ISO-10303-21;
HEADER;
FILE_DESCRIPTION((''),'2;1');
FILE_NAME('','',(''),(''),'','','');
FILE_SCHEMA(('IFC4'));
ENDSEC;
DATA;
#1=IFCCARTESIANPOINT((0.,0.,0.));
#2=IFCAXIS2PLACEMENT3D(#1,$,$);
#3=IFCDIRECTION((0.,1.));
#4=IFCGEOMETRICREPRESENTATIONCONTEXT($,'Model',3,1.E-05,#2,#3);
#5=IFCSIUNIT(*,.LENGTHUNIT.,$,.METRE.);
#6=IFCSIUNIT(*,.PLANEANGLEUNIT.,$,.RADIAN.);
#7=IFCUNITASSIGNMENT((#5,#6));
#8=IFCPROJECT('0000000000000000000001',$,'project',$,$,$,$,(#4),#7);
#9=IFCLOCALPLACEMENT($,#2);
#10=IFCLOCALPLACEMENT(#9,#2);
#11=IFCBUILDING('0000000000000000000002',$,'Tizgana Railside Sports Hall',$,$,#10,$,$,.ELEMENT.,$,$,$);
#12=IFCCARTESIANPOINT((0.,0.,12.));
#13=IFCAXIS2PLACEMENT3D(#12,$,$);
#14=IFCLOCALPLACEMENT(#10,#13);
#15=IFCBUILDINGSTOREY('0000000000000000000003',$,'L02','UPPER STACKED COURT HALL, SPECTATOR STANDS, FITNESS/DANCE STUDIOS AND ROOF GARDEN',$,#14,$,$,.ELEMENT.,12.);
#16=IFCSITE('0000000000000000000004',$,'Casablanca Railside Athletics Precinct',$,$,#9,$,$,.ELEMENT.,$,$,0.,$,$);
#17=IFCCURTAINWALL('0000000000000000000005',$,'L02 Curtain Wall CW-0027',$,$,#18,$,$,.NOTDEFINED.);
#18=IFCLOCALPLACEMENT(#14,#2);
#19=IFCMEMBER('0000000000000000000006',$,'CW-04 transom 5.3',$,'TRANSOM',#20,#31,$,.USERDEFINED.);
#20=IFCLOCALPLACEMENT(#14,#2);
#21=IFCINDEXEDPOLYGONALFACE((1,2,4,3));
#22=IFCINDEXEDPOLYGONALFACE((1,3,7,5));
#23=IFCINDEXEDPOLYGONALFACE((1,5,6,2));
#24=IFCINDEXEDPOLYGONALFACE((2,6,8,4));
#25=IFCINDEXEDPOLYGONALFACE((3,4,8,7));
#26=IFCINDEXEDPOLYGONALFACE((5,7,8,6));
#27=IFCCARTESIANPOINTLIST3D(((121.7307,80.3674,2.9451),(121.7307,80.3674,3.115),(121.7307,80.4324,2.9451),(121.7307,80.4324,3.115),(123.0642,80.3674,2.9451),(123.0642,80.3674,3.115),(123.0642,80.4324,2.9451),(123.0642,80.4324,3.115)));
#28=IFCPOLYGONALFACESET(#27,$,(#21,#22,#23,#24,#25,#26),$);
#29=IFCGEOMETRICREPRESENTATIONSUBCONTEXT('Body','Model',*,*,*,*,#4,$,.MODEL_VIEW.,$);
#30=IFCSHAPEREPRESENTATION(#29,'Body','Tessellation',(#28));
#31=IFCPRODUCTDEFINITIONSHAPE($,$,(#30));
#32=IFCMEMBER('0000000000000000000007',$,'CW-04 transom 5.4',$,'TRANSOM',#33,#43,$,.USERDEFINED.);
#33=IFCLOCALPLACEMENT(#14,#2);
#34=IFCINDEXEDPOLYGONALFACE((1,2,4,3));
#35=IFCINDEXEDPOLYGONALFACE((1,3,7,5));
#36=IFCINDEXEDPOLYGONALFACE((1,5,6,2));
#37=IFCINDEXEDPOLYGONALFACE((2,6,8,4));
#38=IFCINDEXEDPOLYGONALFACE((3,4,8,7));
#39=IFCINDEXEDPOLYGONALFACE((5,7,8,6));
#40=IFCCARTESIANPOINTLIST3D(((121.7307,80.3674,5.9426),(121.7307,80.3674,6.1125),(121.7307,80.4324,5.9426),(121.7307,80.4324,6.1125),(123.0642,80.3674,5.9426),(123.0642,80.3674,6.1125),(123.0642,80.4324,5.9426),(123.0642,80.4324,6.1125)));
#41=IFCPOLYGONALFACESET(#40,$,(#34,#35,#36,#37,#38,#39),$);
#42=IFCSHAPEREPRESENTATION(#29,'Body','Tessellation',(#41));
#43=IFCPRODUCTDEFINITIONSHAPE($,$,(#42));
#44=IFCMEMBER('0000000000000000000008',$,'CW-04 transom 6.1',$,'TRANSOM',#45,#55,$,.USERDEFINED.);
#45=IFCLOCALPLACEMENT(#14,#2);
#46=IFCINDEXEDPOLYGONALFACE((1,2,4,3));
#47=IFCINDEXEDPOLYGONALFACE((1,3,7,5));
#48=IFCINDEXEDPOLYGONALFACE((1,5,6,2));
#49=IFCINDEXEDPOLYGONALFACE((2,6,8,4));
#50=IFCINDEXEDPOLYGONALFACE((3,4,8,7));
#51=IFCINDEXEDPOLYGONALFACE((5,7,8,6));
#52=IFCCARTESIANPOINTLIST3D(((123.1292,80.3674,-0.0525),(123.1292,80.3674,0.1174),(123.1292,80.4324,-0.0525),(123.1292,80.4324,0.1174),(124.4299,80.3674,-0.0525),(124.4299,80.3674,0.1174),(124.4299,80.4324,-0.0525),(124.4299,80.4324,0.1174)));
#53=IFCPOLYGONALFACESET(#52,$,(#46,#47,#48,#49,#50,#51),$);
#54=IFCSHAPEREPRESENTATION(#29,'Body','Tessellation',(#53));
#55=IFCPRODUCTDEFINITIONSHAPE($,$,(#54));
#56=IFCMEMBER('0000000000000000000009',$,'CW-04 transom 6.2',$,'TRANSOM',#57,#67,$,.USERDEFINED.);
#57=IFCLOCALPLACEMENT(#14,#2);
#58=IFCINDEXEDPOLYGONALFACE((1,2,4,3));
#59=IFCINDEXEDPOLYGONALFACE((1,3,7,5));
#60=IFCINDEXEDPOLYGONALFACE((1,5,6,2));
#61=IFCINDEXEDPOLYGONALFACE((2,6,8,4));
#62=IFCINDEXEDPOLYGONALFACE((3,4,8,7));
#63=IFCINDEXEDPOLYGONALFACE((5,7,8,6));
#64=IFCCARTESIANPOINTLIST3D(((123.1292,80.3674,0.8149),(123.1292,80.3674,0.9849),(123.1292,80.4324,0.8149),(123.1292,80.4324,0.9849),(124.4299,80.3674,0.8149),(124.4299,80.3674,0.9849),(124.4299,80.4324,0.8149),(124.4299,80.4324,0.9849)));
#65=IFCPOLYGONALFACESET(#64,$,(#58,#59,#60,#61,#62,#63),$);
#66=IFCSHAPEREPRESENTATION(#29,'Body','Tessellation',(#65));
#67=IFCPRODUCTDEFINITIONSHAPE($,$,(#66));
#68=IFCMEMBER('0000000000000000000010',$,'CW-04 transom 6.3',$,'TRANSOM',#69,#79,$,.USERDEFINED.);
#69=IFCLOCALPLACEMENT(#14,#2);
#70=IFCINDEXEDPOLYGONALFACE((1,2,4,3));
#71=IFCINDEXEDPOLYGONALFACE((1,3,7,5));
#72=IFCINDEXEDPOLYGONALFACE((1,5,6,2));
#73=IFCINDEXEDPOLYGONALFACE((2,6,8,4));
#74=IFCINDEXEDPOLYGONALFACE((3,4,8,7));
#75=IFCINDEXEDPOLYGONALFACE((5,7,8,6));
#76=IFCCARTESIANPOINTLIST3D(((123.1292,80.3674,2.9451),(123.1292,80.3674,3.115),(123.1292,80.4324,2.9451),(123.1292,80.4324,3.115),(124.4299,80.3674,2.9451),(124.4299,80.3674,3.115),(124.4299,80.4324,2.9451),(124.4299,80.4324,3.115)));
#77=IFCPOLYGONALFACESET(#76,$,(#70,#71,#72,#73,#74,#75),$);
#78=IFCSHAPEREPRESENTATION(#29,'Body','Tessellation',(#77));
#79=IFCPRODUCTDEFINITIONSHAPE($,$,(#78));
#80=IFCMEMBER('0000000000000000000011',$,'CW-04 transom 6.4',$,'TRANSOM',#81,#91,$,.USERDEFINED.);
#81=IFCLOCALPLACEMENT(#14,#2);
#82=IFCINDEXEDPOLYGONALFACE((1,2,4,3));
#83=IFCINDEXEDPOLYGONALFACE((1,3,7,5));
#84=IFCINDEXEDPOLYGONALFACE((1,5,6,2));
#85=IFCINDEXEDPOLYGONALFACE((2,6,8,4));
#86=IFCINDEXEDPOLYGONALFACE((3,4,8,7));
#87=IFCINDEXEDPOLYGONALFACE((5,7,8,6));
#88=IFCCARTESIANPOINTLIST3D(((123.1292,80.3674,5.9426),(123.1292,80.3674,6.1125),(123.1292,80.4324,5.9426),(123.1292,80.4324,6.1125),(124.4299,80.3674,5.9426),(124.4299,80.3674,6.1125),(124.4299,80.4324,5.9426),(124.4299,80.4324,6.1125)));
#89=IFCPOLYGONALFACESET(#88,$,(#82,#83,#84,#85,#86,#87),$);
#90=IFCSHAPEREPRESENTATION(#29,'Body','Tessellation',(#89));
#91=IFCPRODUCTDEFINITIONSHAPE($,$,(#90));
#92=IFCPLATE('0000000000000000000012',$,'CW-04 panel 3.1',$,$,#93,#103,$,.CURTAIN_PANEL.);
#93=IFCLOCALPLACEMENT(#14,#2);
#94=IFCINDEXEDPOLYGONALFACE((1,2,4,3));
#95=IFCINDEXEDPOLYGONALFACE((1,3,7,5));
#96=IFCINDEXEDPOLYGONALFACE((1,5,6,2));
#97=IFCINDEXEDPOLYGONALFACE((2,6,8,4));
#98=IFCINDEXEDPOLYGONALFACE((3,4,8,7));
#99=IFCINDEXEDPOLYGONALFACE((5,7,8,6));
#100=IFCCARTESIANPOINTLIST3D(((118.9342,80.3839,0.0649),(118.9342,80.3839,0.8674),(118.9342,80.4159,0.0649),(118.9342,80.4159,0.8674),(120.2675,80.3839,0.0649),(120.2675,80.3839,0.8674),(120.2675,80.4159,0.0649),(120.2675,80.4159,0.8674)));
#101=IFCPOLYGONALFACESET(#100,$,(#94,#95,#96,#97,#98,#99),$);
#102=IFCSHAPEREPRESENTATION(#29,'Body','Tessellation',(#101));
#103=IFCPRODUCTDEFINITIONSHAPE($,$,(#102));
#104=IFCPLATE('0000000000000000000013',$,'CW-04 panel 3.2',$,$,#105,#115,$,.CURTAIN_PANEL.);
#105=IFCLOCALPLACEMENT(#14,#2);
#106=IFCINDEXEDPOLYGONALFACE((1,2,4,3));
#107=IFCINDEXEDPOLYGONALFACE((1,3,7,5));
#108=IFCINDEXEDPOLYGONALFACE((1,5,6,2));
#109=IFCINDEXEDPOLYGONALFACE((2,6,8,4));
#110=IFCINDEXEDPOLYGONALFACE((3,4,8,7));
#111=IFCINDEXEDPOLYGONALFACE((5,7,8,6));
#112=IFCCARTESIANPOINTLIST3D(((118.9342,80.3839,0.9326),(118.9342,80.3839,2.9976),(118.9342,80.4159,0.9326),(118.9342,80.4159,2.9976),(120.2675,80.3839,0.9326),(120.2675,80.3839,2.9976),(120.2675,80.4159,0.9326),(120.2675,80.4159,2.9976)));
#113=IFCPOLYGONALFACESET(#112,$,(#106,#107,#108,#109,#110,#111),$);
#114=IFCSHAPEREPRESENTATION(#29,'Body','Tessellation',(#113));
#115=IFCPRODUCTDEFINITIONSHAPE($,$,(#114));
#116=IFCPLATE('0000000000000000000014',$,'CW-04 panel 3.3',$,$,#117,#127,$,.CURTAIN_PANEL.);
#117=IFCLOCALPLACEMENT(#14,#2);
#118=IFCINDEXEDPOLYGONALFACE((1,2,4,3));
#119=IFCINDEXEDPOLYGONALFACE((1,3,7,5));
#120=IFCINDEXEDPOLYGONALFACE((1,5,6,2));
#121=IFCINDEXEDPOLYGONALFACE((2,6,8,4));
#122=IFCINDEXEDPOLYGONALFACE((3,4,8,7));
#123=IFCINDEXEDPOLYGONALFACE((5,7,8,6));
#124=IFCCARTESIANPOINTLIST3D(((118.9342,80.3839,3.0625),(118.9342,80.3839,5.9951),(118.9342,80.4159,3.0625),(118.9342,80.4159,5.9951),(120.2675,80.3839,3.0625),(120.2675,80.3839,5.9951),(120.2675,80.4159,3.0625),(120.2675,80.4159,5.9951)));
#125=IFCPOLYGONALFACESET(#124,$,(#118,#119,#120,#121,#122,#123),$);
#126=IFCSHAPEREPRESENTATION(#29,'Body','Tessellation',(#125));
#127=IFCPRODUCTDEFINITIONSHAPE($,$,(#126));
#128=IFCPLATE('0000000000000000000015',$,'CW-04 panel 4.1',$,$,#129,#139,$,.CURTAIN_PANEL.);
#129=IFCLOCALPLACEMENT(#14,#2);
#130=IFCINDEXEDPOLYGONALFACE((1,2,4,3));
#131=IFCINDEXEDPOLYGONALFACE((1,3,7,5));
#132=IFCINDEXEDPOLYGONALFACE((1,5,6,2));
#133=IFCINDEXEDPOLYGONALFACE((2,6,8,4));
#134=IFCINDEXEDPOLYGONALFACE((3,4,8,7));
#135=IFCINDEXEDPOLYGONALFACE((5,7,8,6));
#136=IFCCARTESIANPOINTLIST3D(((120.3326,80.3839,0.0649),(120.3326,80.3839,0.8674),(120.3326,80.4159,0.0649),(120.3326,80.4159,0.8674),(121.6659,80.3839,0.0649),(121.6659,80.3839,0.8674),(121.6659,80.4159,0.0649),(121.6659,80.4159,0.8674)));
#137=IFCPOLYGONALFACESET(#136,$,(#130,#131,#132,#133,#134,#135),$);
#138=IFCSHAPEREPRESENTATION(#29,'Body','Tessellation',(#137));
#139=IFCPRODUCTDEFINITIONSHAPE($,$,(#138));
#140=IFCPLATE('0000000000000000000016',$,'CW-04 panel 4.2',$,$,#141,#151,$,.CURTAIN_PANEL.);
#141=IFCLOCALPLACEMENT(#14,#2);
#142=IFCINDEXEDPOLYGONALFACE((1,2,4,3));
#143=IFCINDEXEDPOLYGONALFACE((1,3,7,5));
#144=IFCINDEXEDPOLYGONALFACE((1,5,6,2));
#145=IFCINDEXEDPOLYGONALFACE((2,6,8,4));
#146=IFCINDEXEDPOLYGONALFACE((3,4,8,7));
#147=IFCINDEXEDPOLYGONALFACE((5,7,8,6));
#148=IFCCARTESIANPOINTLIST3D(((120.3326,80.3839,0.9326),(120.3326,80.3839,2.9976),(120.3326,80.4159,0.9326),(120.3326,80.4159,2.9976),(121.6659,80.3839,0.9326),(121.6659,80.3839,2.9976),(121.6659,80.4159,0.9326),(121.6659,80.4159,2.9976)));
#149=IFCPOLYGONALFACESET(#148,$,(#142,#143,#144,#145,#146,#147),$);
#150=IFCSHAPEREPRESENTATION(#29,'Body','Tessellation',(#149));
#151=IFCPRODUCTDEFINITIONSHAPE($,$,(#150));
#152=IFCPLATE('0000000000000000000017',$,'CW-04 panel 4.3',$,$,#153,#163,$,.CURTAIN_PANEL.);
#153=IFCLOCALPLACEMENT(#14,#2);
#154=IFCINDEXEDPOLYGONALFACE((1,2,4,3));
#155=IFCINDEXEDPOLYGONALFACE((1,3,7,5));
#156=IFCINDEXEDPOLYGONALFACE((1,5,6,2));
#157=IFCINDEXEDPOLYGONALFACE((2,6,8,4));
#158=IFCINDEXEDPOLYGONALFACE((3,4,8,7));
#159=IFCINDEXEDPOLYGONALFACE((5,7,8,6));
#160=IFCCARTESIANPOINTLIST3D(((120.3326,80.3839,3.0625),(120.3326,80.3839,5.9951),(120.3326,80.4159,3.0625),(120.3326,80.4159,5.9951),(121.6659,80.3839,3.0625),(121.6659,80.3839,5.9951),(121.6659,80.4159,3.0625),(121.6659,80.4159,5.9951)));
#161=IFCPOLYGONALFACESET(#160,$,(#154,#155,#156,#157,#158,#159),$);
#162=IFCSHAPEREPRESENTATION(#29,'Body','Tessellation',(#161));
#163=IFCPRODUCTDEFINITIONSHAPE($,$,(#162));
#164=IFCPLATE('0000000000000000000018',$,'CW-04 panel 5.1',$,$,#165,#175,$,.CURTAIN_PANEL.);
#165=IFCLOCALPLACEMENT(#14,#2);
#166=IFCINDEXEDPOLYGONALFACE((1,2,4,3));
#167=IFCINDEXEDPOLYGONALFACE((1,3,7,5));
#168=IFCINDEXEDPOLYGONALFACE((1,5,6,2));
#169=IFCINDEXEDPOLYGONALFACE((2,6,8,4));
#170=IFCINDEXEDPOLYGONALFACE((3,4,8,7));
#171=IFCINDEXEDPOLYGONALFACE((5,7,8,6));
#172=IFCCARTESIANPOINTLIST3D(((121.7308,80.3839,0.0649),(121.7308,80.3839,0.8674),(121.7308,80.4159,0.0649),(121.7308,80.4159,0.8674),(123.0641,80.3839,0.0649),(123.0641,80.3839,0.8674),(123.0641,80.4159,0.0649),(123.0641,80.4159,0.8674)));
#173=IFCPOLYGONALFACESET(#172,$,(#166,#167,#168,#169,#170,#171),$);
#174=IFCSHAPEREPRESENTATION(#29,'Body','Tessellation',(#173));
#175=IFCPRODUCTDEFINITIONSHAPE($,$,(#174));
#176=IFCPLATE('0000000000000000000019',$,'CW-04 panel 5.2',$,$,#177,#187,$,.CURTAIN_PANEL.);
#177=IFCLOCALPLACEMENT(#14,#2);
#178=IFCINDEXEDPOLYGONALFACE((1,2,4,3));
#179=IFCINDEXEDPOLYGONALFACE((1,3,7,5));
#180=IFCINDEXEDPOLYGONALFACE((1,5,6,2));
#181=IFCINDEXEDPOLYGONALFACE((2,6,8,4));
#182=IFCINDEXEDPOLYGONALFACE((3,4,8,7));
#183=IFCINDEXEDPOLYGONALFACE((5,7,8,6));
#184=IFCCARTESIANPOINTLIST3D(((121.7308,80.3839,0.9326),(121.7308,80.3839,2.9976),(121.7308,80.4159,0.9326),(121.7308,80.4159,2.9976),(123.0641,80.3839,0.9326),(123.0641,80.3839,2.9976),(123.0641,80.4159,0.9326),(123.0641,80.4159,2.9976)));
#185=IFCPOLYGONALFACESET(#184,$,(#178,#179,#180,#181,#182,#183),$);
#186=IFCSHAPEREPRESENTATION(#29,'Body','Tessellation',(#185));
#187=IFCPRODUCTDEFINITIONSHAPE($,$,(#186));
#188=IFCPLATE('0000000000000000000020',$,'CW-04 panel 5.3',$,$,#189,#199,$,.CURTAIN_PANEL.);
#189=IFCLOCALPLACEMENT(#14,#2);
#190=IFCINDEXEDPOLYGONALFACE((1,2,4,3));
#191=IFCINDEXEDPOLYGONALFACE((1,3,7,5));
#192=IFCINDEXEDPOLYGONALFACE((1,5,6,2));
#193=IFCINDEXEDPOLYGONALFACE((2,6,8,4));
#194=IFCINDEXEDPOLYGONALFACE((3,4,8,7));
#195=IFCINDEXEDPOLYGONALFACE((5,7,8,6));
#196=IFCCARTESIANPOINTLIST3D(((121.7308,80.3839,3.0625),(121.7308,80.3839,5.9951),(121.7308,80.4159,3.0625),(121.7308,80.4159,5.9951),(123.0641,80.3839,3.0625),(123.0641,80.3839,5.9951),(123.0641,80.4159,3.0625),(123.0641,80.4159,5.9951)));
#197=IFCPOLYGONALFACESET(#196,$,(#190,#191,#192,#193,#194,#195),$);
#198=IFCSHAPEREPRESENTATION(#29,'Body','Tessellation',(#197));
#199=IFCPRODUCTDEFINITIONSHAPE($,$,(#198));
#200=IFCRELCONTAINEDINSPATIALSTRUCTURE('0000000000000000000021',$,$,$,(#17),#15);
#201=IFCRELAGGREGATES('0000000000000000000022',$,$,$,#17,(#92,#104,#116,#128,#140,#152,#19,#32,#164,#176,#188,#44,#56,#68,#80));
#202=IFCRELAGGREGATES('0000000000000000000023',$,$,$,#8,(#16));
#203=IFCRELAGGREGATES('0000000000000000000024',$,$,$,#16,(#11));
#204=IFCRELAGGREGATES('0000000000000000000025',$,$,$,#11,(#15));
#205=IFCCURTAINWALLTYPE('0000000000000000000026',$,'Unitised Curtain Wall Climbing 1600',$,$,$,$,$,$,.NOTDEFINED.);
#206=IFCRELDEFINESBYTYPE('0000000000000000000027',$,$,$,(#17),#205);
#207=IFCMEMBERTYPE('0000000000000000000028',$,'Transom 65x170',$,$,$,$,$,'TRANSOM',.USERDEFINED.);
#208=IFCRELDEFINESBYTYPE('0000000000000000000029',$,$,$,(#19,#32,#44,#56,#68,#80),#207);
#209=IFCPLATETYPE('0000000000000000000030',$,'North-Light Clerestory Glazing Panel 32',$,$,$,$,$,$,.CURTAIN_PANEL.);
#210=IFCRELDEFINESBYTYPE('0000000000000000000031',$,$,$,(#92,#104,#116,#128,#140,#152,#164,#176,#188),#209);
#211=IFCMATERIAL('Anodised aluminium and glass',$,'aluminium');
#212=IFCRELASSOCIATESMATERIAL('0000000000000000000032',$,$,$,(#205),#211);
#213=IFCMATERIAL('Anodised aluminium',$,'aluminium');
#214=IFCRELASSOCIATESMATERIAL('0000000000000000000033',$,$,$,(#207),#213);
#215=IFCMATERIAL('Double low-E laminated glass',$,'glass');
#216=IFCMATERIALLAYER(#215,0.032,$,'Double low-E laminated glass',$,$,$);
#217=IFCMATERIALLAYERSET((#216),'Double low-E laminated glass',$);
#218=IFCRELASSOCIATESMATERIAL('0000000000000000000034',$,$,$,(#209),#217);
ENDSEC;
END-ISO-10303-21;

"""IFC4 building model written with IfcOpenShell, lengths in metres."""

from ifc_helpers import new_model, si_unit, direction, frame, origin, origin_2d, place, context, subcontext, project, spatial, rectangle, extrude, material, layer, layer_set, material_profile, profile_set, type_object, element, aggregate, save


model = new_model("IFC4")

# Units and contexts
model_context = context("Model", 3, precision=1e-05, world=origin(), true_north=direction((0.0, 1.0)))
body_context = subcontext(model_context, "Body", "Model", "MODEL_VIEW")
ifc_project = project(units=[si_unit("LENGTHUNIT", "METRE"), si_unit("PLANEANGLEUNIT", "RADIAN")], contexts=[model_context])

# Site, building, storey
site_placement = place(None, origin())
site = spatial("IfcSite", under=ifc_project, at=site_placement, Name="Casablanca Railside Athletics Precinct", CompositionType="ELEMENT", RefElevation=0.0)
building_placement = place(site_placement, origin())
building = spatial("IfcBuilding", under=site, at=building_placement, Name="Tizgana Railside Sports Hall", CompositionType="ELEMENT")
storey_placement = place(building_placement, frame((0.0, 0.0, 12.0)))
storey = spatial("IfcBuildingStorey", under=building, at=storey_placement, Name="L02", Description="UPPER STACKED COURT HALL, SPECTATOR STANDS, FITNESS/DANCE STUDIOS AND ROOF GARDEN", CompositionType="ELEMENT", Elevation=12.0)

# Curtain wall, members, plates
ifc_material_1 = material(Name="Anodised aluminium and glass", Category="aluminium")
curtain_wall_type = type_object("IfcCurtainWallType", Name="Unitised Curtain Wall Climbing 1600", PredefinedType="NOTDEFINED", material=ifc_material_1)
curtain_wall_placement = place(storey_placement, origin())
curtain_wall = element("IfcCurtainWall", 1, at=curtain_wall_placement, inside=storey, type_object=curtain_wall_type, Name="L02 Curtain Wall CW-0027", PredefinedType="NOTDEFINED")
ifc_material_2 = material(Name="Anodised aluminium", Category="aluminium")
ifc_material_profile_1 = material_profile(ifc_material_2, rectangle(XDim=0.0649, YDim=0.1699, at=origin_2d()), Name="Transom 65x170")
ifc_profile_set_1 = profile_set([ifc_material_profile_1], Name="Anodised aluminium")
member_type_1 = type_object("IfcMemberType", Name="Transom 65x170", ElementType="TRANSOM", PredefinedType="USERDEFINED", material=ifc_profile_set_1)
member_1_placement = place(storey_placement, frame((121.7307, 80.3999, 3.03), z_axis=(1.0, 0.0, 0.0), x_axis=(0.0, 1.0, 0.0)))
member_1 = element("IfcMember", 2, at=member_1_placement, type_object=member_type_1, Name="CW-04 transom 5.3", ObjectType="TRANSOM", PredefinedType="USERDEFINED", context=body_context, shape_type="SweptSolid", body=[
    extrude(rectangle(XDim=0.0649, YDim=0.1699, at=origin_2d()), origin(), (0.0, 0.0, 1.0), 1.3335),
])
member_2_placement = place(storey_placement, frame((121.7307, 80.3999, 6.0276), z_axis=(1.0, 0.0, 0.0), x_axis=(0.0, 1.0, 0.0)))
member_2 = element("IfcMember", 3, at=member_2_placement, type_object=member_type_1, Name="CW-04 transom 5.4", ObjectType="TRANSOM", PredefinedType="USERDEFINED", context=body_context, shape_type="SweptSolid", body=[
    extrude(rectangle(XDim=0.0649, YDim=0.1699, at=origin_2d()), origin(), (0.0, 0.0, 1.0), 1.3335),
])
member_3_placement = place(storey_placement, frame((123.1292, 80.3999, 0.0325), z_axis=(1.0, 0.0, 0.0), x_axis=(0.0, 1.0, 0.0)))
member_3 = element("IfcMember", 4, at=member_3_placement, type_object=member_type_1, Name="CW-04 transom 6.1", ObjectType="TRANSOM", PredefinedType="USERDEFINED", context=body_context, shape_type="SweptSolid", body=[
    extrude(rectangle(XDim=0.0649, YDim=0.1699, at=origin_2d()), origin(), (0.0, 0.0, 1.0), 1.3008),
])
member_4_placement = place(storey_placement, frame((123.1292, 80.3999, 0.8999), z_axis=(1.0, 0.0, 0.0), x_axis=(0.0, 1.0, 0.0)))
member_4 = element("IfcMember", 5, at=member_4_placement, type_object=member_type_1, Name="CW-04 transom 6.2", ObjectType="TRANSOM", PredefinedType="USERDEFINED", context=body_context, shape_type="SweptSolid", body=[
    extrude(rectangle(XDim=0.0649, YDim=0.1699, at=origin_2d()), origin(), (0.0, 0.0, 1.0), 1.3008),
])
member_5_placement = place(storey_placement, frame((123.1292, 80.3999, 3.03), z_axis=(1.0, 0.0, 0.0), x_axis=(0.0, 1.0, 0.0)))
member_5 = element("IfcMember", 6, at=member_5_placement, type_object=member_type_1, Name="CW-04 transom 6.3", ObjectType="TRANSOM", PredefinedType="USERDEFINED", context=body_context, shape_type="SweptSolid", body=[
    extrude(rectangle(XDim=0.0649, YDim=0.1699, at=origin_2d()), origin(), (0.0, 0.0, 1.0), 1.3008),
])
member_6_placement = place(storey_placement, frame((123.1292, 80.3999, 6.0276), z_axis=(1.0, 0.0, 0.0), x_axis=(0.0, 1.0, 0.0)))
member_6 = element("IfcMember", 7, at=member_6_placement, type_object=member_type_1, Name="CW-04 transom 6.4", ObjectType="TRANSOM", PredefinedType="USERDEFINED", context=body_context, shape_type="SweptSolid", body=[
    extrude(rectangle(XDim=0.0649, YDim=0.1699, at=origin_2d()), origin(), (0.0, 0.0, 1.0), 1.3008),
])
ifc_material_3 = material(Name="Double low-E laminated glass", Category="glass")
ifc_layer_1 = layer(ifc_material_3, 0.032, Name="Double low-E laminated glass")
ifc_layer_set_1 = layer_set([ifc_layer_1], Name="Double low-E laminated glass")
plate_type = type_object("IfcPlateType", Name="North-Light Clerestory Glazing Panel 32", PredefinedType="CURTAIN_PANEL", material=ifc_layer_set_1)
plate_1_placement = place(storey_placement, frame((119.6008, 80.3999, 0.0649), z_axis=(0.0, 0.0, 1.0), x_axis=(1.0, 0.0, 0.0)))
plate_1 = element("IfcPlate", 8, at=plate_1_placement, type_object=plate_type, Name="CW-04 panel 3.1", PredefinedType="CURTAIN_PANEL", context=body_context, shape_type="SweptSolid", body=[
    extrude(rectangle(XDim=1.3333, YDim=0.032, at=origin_2d()), origin(), (0.0, 0.0, 1.0), 0.8025),
])
plate_2_placement = place(storey_placement, frame((119.6008, 80.3999, 0.9326), z_axis=(0.0, 0.0, 1.0), x_axis=(1.0, 0.0, 0.0)))
plate_2 = element("IfcPlate", 9, at=plate_2_placement, type_object=plate_type, Name="CW-04 panel 3.2", PredefinedType="CURTAIN_PANEL", context=body_context, shape_type="SweptSolid", body=[
    extrude(rectangle(XDim=1.3333, YDim=0.032, at=origin_2d()), origin(), (0.0, 0.0, 1.0), 2.0649),
])
plate_3_placement = place(storey_placement, frame((119.6008, 80.3999, 3.0625), z_axis=(0.0, 0.0, 1.0), x_axis=(1.0, 0.0, 0.0)))
plate_3 = element("IfcPlate", 10, at=plate_3_placement, type_object=plate_type, Name="CW-04 panel 3.3", PredefinedType="CURTAIN_PANEL", context=body_context, shape_type="SweptSolid", body=[
    extrude(rectangle(XDim=1.3333, YDim=0.032, at=origin_2d()), origin(), (0.0, 0.0, 1.0), 2.9326),
])
plate_4_placement = place(storey_placement, frame((120.9993, 80.3999, 0.0649), z_axis=(0.0, 0.0, 1.0), x_axis=(1.0, 0.0, 0.0)))
plate_4 = element("IfcPlate", 11, at=plate_4_placement, type_object=plate_type, Name="CW-04 panel 4.1", PredefinedType="CURTAIN_PANEL", context=body_context, shape_type="SweptSolid", body=[
    extrude(rectangle(XDim=1.3333, YDim=0.032, at=origin_2d()), origin(), (0.0, 0.0, 1.0), 0.8025),
])
plate_5_placement = place(storey_placement, frame((120.9993, 80.3999, 0.9326), z_axis=(0.0, 0.0, 1.0), x_axis=(1.0, 0.0, 0.0)))
plate_5 = element("IfcPlate", 12, at=plate_5_placement, type_object=plate_type, Name="CW-04 panel 4.2", PredefinedType="CURTAIN_PANEL", context=body_context, shape_type="SweptSolid", body=[
    extrude(rectangle(XDim=1.3333, YDim=0.032, at=origin_2d()), origin(), (0.0, 0.0, 1.0), 2.0649),
])
plate_6_placement = place(storey_placement, frame((120.9993, 80.3999, 3.0625), z_axis=(0.0, 0.0, 1.0), x_axis=(1.0, 0.0, 0.0)))
plate_6 = element("IfcPlate", 13, at=plate_6_placement, type_object=plate_type, Name="CW-04 panel 4.3", PredefinedType="CURTAIN_PANEL", context=body_context, shape_type="SweptSolid", body=[
    extrude(rectangle(XDim=1.3333, YDim=0.032, at=origin_2d()), origin(), (0.0, 0.0, 1.0), 2.9326),
])
plate_7_placement = place(storey_placement, frame((122.3975, 80.3999, 0.0649), z_axis=(0.0, 0.0, 1.0), x_axis=(1.0, 0.0, 0.0)))
plate_7 = element("IfcPlate", 14, at=plate_7_placement, type_object=plate_type, Name="CW-04 panel 5.1", PredefinedType="CURTAIN_PANEL", context=body_context, shape_type="SweptSolid", body=[
    extrude(rectangle(XDim=1.3333, YDim=0.032, at=origin_2d()), origin(), (0.0, 0.0, 1.0), 0.8025),
])
plate_8_placement = place(storey_placement, frame((122.3975, 80.3999, 0.9326), z_axis=(0.0, 0.0, 1.0), x_axis=(1.0, 0.0, 0.0)))
plate_8 = element("IfcPlate", 15, at=plate_8_placement, type_object=plate_type, Name="CW-04 panel 5.2", PredefinedType="CURTAIN_PANEL", context=body_context, shape_type="SweptSolid", body=[
    extrude(rectangle(XDim=1.3333, YDim=0.032, at=origin_2d()), origin(), (0.0, 0.0, 1.0), 2.0649),
])
plate_9_placement = place(storey_placement, frame((122.3975, 80.3999, 3.0625), z_axis=(0.0, 0.0, 1.0), x_axis=(1.0, 0.0, 0.0)))
plate_9 = element("IfcPlate", 16, at=plate_9_placement, type_object=plate_type, Name="CW-04 panel 5.3", PredefinedType="CURTAIN_PANEL", context=body_context, shape_type="SweptSolid", body=[
    extrude(rectangle(XDim=1.3333, YDim=0.032, at=origin_2d()), origin(), (0.0, 0.0, 1.0), 2.9326),
])
aggregate(curtain_wall, [plate_1, plate_2, plate_3, plate_4, plate_5, plate_6, member_1, member_2, plate_7, plate_8, plate_9, member_3, member_4, member_5, member_6])

save(model, "model.ifc")
